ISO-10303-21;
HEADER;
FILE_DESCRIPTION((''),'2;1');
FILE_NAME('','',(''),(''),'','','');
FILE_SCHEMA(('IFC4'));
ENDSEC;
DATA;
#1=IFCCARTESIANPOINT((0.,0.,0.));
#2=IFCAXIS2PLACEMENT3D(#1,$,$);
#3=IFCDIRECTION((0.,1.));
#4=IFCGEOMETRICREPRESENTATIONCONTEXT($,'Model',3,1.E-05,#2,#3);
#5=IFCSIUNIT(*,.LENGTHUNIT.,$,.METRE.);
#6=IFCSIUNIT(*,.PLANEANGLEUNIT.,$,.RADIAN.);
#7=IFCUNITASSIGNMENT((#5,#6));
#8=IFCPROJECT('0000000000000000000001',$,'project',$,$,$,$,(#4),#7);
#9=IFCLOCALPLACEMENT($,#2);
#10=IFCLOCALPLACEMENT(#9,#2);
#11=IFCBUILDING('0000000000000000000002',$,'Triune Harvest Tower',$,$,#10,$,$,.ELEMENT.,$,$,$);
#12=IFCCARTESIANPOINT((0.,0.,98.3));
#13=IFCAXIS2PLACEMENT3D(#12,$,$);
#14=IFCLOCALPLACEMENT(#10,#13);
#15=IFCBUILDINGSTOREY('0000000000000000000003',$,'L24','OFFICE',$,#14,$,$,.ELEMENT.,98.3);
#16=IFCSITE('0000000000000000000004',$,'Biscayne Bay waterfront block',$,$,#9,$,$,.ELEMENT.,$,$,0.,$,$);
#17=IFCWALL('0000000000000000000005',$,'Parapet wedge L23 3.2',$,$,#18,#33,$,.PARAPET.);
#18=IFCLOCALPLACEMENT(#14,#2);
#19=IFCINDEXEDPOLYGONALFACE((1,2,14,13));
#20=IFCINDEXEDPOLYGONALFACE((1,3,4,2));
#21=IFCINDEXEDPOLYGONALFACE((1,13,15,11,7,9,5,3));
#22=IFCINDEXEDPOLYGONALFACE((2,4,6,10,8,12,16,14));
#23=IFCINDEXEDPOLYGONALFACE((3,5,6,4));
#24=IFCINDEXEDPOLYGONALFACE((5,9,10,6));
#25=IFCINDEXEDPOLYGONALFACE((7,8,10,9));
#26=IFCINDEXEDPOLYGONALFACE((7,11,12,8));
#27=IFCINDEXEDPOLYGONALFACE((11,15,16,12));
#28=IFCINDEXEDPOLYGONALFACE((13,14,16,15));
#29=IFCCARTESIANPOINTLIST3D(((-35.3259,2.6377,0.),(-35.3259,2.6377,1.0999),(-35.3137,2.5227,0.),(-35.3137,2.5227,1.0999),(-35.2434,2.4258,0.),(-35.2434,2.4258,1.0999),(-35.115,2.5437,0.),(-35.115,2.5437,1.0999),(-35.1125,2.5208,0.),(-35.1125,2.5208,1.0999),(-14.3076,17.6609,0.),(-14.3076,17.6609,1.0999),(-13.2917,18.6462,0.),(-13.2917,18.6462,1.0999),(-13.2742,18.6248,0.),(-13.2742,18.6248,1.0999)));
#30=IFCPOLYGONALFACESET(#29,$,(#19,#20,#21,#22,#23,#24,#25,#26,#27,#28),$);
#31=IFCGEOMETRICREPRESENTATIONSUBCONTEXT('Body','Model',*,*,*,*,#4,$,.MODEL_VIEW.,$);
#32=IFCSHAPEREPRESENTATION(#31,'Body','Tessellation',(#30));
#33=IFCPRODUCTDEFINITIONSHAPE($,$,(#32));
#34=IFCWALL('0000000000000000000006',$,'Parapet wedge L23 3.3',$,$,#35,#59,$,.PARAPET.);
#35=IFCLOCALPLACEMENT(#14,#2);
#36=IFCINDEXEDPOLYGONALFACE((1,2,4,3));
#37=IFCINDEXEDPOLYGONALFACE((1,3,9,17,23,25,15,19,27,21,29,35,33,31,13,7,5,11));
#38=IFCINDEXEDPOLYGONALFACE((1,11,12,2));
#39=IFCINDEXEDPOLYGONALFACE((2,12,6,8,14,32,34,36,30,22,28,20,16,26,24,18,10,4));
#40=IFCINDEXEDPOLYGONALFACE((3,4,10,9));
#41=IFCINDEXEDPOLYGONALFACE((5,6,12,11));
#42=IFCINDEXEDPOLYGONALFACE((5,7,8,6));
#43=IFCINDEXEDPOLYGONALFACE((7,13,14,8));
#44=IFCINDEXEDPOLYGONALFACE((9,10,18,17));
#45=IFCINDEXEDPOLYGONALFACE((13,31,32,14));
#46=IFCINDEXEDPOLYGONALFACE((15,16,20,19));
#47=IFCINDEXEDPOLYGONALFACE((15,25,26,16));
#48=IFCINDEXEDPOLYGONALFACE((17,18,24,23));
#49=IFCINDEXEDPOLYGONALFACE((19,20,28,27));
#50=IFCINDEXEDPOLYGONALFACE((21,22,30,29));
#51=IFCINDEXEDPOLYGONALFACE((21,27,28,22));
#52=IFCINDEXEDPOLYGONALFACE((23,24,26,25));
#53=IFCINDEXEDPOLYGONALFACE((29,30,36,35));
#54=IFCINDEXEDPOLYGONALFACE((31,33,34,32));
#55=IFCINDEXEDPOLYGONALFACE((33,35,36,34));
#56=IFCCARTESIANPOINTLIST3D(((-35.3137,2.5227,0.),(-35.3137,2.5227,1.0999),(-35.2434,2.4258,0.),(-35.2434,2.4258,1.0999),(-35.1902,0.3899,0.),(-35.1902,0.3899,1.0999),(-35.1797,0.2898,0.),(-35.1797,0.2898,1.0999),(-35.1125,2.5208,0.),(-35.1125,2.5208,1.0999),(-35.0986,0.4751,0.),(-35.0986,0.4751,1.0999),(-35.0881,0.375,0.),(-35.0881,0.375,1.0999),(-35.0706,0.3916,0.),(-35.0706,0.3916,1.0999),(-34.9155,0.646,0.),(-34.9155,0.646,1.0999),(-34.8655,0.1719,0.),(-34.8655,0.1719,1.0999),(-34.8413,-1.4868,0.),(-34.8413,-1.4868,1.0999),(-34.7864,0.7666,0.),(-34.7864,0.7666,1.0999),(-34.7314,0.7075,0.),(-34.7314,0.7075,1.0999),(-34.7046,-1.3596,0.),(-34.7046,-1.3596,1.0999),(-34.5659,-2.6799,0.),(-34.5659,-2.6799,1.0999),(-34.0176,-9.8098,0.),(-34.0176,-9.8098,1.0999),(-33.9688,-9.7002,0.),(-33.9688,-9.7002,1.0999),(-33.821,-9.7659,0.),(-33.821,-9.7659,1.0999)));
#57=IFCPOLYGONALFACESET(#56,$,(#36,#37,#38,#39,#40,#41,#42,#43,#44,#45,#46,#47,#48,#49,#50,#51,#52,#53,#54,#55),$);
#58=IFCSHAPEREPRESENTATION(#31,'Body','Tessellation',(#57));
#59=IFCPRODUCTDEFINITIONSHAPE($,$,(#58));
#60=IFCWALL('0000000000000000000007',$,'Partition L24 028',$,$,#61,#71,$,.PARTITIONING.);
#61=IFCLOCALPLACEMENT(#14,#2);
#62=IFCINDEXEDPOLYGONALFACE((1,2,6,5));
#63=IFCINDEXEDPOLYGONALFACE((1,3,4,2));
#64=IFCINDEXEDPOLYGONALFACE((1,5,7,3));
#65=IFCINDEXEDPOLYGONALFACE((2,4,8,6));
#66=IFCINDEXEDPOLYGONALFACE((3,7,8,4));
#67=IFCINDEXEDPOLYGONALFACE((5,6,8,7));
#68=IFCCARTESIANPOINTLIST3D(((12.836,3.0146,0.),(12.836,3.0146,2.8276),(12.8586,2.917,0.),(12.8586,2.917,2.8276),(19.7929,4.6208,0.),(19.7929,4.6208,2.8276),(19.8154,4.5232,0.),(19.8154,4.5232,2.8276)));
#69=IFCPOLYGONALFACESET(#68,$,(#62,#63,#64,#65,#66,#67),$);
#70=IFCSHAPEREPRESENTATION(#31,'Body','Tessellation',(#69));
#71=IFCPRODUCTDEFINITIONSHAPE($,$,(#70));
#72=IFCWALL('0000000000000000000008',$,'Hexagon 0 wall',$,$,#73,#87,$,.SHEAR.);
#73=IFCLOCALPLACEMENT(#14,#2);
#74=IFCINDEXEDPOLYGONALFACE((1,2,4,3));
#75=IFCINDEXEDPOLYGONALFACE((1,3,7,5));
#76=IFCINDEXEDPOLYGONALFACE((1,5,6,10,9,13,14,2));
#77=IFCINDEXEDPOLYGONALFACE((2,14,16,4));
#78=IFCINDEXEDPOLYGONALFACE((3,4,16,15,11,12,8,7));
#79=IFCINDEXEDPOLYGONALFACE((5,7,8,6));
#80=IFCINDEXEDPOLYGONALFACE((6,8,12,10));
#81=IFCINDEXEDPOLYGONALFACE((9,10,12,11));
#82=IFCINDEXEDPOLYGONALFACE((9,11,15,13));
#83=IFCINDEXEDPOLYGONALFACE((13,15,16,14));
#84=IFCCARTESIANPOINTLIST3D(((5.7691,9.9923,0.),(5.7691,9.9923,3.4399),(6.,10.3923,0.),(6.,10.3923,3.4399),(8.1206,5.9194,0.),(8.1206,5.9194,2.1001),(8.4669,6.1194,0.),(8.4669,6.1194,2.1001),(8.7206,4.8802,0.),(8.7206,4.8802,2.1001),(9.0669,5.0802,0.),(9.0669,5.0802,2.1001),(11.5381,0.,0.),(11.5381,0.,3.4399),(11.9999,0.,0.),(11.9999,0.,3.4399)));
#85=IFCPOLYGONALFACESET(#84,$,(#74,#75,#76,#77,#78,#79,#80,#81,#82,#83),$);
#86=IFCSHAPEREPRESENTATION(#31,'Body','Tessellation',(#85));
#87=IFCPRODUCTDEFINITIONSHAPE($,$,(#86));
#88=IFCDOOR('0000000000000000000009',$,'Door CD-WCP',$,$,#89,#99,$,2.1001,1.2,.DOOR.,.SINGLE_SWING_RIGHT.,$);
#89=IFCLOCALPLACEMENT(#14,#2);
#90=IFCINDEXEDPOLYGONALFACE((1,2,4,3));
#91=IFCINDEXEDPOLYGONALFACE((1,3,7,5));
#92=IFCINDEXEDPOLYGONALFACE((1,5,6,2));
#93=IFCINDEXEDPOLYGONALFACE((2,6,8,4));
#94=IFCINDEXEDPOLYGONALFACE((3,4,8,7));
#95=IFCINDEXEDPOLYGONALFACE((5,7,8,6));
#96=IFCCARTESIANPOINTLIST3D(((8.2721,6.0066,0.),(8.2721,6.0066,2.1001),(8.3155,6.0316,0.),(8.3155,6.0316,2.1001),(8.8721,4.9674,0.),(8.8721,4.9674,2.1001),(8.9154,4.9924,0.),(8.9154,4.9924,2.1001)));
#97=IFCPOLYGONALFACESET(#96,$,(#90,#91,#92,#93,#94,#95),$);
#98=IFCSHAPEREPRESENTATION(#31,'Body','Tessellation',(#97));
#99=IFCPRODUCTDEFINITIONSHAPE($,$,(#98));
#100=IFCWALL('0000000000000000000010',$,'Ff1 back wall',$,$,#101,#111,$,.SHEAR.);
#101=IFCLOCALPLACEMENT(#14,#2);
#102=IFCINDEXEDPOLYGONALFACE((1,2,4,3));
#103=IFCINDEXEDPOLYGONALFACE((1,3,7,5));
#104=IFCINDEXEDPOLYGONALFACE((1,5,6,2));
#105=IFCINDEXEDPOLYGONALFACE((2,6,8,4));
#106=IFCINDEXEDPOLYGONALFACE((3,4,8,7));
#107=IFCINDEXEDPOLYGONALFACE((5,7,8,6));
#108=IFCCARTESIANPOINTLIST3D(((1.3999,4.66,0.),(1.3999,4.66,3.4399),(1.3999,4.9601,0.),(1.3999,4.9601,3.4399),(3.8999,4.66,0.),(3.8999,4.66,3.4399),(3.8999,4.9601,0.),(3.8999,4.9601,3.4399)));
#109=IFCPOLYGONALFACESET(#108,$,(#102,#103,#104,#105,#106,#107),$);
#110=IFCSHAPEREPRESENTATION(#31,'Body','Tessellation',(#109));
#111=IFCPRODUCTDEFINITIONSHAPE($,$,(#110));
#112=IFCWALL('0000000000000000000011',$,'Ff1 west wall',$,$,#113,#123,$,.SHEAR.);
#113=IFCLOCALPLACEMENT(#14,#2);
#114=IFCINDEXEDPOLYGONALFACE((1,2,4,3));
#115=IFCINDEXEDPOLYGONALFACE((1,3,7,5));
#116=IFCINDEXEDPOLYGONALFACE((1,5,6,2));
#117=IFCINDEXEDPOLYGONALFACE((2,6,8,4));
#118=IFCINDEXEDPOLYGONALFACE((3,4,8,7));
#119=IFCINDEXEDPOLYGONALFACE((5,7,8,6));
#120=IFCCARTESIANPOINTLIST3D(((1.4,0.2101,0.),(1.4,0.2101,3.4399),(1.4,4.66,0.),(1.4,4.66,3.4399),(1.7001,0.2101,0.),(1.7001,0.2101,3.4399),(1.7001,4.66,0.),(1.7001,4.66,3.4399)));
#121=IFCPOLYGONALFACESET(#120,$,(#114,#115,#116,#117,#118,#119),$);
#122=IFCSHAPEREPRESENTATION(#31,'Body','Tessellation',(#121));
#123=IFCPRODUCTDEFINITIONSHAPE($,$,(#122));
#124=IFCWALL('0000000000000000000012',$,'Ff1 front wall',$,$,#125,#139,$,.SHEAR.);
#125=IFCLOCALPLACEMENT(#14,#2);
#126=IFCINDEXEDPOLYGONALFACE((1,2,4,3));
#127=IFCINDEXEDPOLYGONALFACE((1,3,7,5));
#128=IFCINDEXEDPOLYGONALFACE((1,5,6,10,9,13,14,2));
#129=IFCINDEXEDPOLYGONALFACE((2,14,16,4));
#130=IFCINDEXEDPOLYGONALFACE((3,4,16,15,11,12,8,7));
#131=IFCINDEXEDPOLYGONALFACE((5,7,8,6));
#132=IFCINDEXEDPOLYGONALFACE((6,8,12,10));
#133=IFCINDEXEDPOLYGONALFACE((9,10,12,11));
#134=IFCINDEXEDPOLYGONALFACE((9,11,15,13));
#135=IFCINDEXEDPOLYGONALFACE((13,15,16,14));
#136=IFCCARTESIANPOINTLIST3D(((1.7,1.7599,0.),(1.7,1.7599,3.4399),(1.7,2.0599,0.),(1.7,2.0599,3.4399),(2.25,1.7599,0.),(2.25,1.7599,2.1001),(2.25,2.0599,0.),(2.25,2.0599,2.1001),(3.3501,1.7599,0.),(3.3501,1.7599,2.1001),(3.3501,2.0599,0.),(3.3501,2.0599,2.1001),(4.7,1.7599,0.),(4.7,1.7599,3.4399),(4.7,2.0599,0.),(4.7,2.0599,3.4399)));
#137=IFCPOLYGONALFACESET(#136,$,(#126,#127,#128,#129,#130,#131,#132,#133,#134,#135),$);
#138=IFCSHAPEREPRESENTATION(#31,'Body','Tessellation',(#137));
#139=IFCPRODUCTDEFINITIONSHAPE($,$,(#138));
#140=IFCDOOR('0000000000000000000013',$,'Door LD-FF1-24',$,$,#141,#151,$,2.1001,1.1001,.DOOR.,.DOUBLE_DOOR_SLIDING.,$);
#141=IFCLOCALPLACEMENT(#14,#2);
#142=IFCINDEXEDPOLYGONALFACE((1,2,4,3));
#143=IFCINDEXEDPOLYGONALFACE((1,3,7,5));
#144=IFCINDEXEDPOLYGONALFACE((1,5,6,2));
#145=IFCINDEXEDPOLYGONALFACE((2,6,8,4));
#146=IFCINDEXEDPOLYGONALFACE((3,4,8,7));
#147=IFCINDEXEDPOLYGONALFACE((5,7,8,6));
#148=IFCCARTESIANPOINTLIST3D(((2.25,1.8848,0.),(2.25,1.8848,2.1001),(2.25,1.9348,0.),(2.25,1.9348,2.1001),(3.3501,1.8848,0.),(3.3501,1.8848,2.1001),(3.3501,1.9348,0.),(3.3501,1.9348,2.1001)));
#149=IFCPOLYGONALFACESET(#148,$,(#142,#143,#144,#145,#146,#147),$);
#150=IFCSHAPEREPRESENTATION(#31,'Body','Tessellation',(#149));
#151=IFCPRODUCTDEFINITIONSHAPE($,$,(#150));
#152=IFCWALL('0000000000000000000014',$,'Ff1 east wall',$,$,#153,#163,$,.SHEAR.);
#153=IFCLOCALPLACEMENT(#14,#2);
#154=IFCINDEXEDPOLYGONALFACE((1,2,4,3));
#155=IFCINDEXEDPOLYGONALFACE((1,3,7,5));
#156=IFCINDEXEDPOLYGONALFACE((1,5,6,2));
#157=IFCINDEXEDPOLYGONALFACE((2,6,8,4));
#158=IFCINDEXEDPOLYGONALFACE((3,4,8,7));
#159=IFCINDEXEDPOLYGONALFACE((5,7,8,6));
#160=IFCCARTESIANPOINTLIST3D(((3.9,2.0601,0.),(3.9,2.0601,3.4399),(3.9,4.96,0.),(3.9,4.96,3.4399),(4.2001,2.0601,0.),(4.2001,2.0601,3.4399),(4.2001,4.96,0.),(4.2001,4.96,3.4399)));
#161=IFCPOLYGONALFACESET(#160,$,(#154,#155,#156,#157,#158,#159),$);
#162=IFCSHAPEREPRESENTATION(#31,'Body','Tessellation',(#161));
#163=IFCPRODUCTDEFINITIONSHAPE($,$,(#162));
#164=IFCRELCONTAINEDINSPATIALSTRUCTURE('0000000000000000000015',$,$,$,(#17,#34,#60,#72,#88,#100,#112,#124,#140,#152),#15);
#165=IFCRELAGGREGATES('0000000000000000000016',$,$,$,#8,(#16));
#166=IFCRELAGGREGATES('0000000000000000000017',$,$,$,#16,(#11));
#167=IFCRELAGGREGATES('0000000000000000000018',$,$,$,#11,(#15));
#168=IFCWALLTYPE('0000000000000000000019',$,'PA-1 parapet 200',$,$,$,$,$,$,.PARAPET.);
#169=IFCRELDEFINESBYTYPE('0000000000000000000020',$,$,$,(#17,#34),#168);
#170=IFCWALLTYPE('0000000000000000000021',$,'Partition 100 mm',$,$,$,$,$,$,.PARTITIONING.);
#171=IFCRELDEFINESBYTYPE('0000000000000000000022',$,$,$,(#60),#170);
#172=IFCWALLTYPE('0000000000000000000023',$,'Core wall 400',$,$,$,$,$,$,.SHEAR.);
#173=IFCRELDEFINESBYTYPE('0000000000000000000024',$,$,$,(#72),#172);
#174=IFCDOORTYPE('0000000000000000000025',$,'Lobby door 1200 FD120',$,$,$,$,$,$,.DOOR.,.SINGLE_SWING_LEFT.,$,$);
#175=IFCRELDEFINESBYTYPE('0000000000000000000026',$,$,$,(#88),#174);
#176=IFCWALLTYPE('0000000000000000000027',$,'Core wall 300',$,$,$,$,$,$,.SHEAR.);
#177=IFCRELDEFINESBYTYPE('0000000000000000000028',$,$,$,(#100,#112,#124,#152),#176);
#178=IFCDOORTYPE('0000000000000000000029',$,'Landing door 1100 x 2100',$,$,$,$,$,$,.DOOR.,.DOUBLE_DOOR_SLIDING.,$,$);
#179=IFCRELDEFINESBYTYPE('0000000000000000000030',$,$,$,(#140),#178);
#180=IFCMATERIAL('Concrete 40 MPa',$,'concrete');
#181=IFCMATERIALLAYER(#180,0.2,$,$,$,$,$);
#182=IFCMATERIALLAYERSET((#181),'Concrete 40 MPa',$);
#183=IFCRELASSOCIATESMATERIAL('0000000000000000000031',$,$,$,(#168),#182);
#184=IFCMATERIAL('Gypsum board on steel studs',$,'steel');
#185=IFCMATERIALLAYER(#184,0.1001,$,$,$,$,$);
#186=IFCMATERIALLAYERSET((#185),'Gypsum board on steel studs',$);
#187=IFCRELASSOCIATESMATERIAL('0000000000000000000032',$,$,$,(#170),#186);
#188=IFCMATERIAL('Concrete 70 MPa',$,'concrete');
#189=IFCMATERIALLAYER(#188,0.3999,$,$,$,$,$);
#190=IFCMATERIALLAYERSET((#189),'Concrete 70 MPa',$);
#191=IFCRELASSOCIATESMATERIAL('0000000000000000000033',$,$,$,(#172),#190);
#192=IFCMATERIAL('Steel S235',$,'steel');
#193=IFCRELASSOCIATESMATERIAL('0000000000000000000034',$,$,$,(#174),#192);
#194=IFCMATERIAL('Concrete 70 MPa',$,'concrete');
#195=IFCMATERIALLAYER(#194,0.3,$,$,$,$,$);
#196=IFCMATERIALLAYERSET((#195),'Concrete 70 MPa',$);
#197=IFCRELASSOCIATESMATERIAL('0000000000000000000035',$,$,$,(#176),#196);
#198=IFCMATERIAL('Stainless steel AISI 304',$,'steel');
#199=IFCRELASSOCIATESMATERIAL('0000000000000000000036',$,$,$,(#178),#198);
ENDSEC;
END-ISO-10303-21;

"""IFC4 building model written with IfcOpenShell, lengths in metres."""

from ifc_helpers import new_model, si_unit, direction, frame, frame_2d, origin, place, context, subcontext, project, spatial, polyline, rectangle, outline, extrude, source, transform, mapped, material, layer, layer_set, type_object, element, fill, save


model = new_model("IFC4")

# Units and contexts
model_context = context("Model", 3, precision=1e-05, world=origin(), true_north=direction((0.0, 1.0)))
body_context = subcontext(model_context, "Body", "Model", "MODEL_VIEW")
ifc_project = project(units=[si_unit("LENGTHUNIT", "METRE"), si_unit("PLANEANGLEUNIT", "RADIAN")], contexts=[model_context])

# Site, building, storey
site_placement = place(None, origin())
site = spatial("IfcSite", under=ifc_project, at=site_placement, Name="Biscayne Bay waterfront block", CompositionType="ELEMENT", RefElevation=0.0)
building_placement = place(site_placement, origin())
building = spatial("IfcBuilding", under=site, at=building_placement, Name="Triune Harvest Tower", CompositionType="ELEMENT")
storey_placement = place(building_placement, frame((0.0, 0.0, 98.3)))
storey = spatial("IfcBuildingStorey", under=building, at=storey_placement, Name="L24", Description="OFFICE", CompositionType="ELEMENT", Elevation=98.3)

# Walls
ifc_material_1 = material(Name="Concrete 40 MPa", Category="concrete")
ifc_layer_1 = layer(ifc_material_1, 0.2)
ifc_layer_set_1 = layer_set([ifc_layer_1], Name="Concrete 40 MPa")
wall_type_1 = type_object("IfcWallType", Name="PA-1 parapet 200", PredefinedType="PARAPET", material=ifc_layer_set_1)
wall_1_placement = place(storey_placement, origin())
element("IfcWall", 1, at=wall_1_placement, inside=storey, type_object=wall_type_1, Name="Parapet wedge L23 3.2", PredefinedType="PARAPET", context=body_context, shape_type="SweptSolid", body=[
    extrude(outline(polyline([(-13.2917, 18.6462), (-13.2742, 18.6248), (-14.3076, 17.6609), (-35.115, 2.5437), (-35.1125, 2.5208), (-35.2434, 2.4258), (-35.3137, 2.5227), (-35.3259, 2.6377), (-13.2917, 18.6462)])), origin(), (0.0, 0.0, 1.0), 1.0999),
])
wall_2_placement = place(storey_placement, origin())
element("IfcWall", 2, at=wall_2_placement, inside=storey, type_object=wall_type_1, Name="Parapet wedge L23 3.3", PredefinedType="PARAPET", context=body_context, shape_type="SweptSolid", body=[
    extrude(outline(polyline([(-35.0706, 0.3916), (-34.8655, 0.1719), (-34.7046, -1.3596), (-34.8413, -1.4868), (-34.5659, -2.6799), (-33.821, -9.7659), (-33.9688, -9.7002), (-34.0176, -9.8098), (-35.0881, 0.375), (-35.1797, 0.2898), (-35.1902, 0.3899), (-35.0986, 0.4751), (-35.3137, 2.5227), (-35.2434, 2.4258), (-35.1125, 2.5208), (-34.9155, 0.646), (-34.7864, 0.7666), (-34.7314, 0.7075), (-35.0706, 0.3916)])), origin(), (0.0, 0.0, 1.0), 1.0999),
])
ifc_material_2 = material(Name="Gypsum board on steel studs", Category="steel")
ifc_layer_2 = layer(ifc_material_2, 0.1001)
ifc_layer_set_2 = layer_set([ifc_layer_2], Name="Gypsum board on steel studs")
wall_type_2 = type_object("IfcWallType", Name="Partition 100 mm", PredefinedType="PARTITIONING", material=ifc_layer_set_2)
wall_3_placement = place(storey_placement, frame((12.8474, 2.9658, 0.0), z_axis=(0.0, 0.0, 1.0), x_axis=(0.974367, 0.224964, 0.0)))
element("IfcWall", 3, at=wall_3_placement, inside=storey, type_object=wall_type_2, Name="Partition L24 028", PredefinedType="PARTITIONING", context=body_context, shape_type="SweptSolid", body=[
    extrude(rectangle(XDim=7.1399, YDim=0.1001, at=frame_2d((3.5698, 0.0))), origin(), (0.0, 0.0, 1.0), 2.8276),
])

# Wall, opening, door
ifc_material_3 = material(Name="Concrete 70 MPa", Category="concrete")
ifc_layer_3 = layer(ifc_material_3, 0.3999)
ifc_layer_set_3 = layer_set([ifc_layer_3], Name="Concrete 70 MPa")
wall_type_3 = type_object("IfcWallType", Name="Core wall 400", PredefinedType="SHEAR", material=ifc_layer_set_3)
shared_shape_1 = source(origin(), body_context, "Body", "SweptSolid", [
    extrude(outline(polyline([(-0.1155, -0.2), (11.8845, -0.2), (11.6536, 0.2), (0.1155, 0.2), (-0.1155, -0.2)])), origin(), (0.0, 0.0, 1.0), 3.4399),
])
wall_4_placement = place(storey_placement, frame((11.769, 0.0, 0.0), z_axis=(0.0, 0.0, 1.0), x_axis=(-0.499997, 0.866027, 0.0)))
wall_4 = element("IfcWall", 4, at=wall_4_placement, inside=storey, type_object=wall_type_3, Name="Hexagon 0 wall", PredefinedType="SHEAR", context=body_context, shape_type="MappedRepresentation", body=[
    mapped(shared_shape_1, transform((0.0, 0.0, 0.0), scale=1.0)),
])
opening_1_placement = place(wall_4_placement, frame((5.7505, 0.0, 0.0)))
opening_1 = element("IfcOpeningElement", 5, at=opening_1_placement, cuts=wall_4, PredefinedType="OPENING", context=body_context, shape_type="SweptSolid", body=[
    extrude(rectangle(XDim=1.2, YDim=2.1001, at=frame_2d((0.6001, 1.05))), frame((0.0, 0.21, 0.0), z_axis=(0.0, -1.0, 0.0), x_axis=(1.0, 0.0, 0.0)), (0.0, 0.0, 1.0), 0.4199),
])
ifc_material_4 = material(Name="Steel S235", Category="steel")
door_type_1 = type_object("IfcDoorType", Name="Lobby door 1200 FD120", OperationType="SINGLE_SWING_LEFT", PredefinedType="DOOR", material=ifc_material_4)
door_1_placement = place(opening_1_placement, frame((1.2, 0.0, 0.0), z_axis=(0.0, 0.0, 1.0), x_axis=(-1.0, 0.0, 0.0)))
door_1 = element("IfcDoor", 6, at=door_1_placement, inside=storey, type_object=door_type_1, Name="Door CD-WCP", OperationType="SINGLE_SWING_RIGHT", OverallHeight=2.1001, OverallWidth=1.2, PredefinedType="DOOR", context=body_context, shape_type="SweptSolid", body=[
    extrude(rectangle(XDim=1.2, YDim=2.1001, at=frame_2d((0.6001, 1.05))), frame((0.0, 0.0249, 0.0), z_axis=(0.0, -1.0, 0.0), x_axis=(1.0, 0.0, 0.0)), (0.0, 0.0, 1.0), 0.05),
])
fill(opening_1, door_1)

# Walls
ifc_material_5 = material(Name="Concrete 70 MPa", Category="concrete")
ifc_layer_4 = layer(ifc_material_5, 0.3)
ifc_layer_set_4 = layer_set([ifc_layer_4], Name="Concrete 70 MPa")
wall_type_4 = type_object("IfcWallType", Name="Core wall 300", PredefinedType="SHEAR", material=ifc_layer_set_4)
shared_shape_2 = source(origin(), body_context, "Body", "SweptSolid", [
    extrude(rectangle(XDim=2.5, YDim=0.3, at=frame_2d((1.25, 0.0))), origin(), (0.0, 0.0, 1.0), 3.4399),
])
wall_5_placement = place(storey_placement, frame((1.3999, 4.8101, 0.0), z_axis=(0.0, 0.0, 1.0), x_axis=(1.0, 0.0, 0.0)))
element("IfcWall", 7, at=wall_5_placement, inside=storey, type_object=wall_type_4, Name="Ff1 back wall", PredefinedType="SHEAR", context=body_context, shape_type="MappedRepresentation", body=[
    mapped(shared_shape_2, transform((0.0, 0.0, 0.0), scale=1.0)),
])
shared_shape_3 = source(origin(), body_context, "Body", "SweptSolid", [
    extrude(rectangle(XDim=4.45, YDim=0.3, at=frame_2d((2.2251, 0.0))), origin(), (0.0, 0.0, 1.0), 3.4399),
])
wall_6_placement = place(storey_placement, frame((1.55, 0.21, 0.0), z_axis=(0.0, 0.0, 1.0), x_axis=(0.0, 1.0, 0.0)))
element("IfcWall", 8, at=wall_6_placement, inside=storey, type_object=wall_type_4, Name="Ff1 west wall", PredefinedType="SHEAR", context=body_context, shape_type="MappedRepresentation", body=[
    mapped(shared_shape_3, transform((0.0, 0.0, 0.0), scale=1.0)),
])

# Wall, opening, door
shared_shape_4 = source(origin(), body_context, "Body", "SweptSolid", [
    extrude(rectangle(XDim=3.0, YDim=0.3, at=frame_2d((1.5, 0.0))), origin(), (0.0, 0.0, 1.0), 3.4399),
])
wall_7_placement = place(storey_placement, frame((1.7, 1.9099, 0.0), z_axis=(0.0, 0.0, 1.0), x_axis=(1.0, 0.0, 0.0)))
wall_7 = element("IfcWall", 9, at=wall_7_placement, inside=storey, type_object=wall_type_4, Name="Ff1 front wall", PredefinedType="SHEAR", context=body_context, shape_type="MappedRepresentation", body=[
    mapped(shared_shape_4, transform((0.0, 0.0, 0.0), scale=1.0)),
])
opening_2_placement = place(wall_7_placement, frame((0.55, 0.0, 0.0)))
opening_2 = element("IfcOpeningElement", 10, at=opening_2_placement, cuts=wall_7, PredefinedType="OPENING", context=body_context, shape_type="SweptSolid", body=[
    extrude(rectangle(XDim=1.1001, YDim=2.1001, at=frame_2d((0.55, 1.05))), frame((0.0, 0.1602, 0.0), z_axis=(0.0, -1.0, 0.0), x_axis=(1.0, 0.0, 0.0)), (0.0, 0.0, 1.0), 0.3201),
])
ifc_material_6 = material(Name="Stainless steel AISI 304", Category="steel")
door_type_2 = type_object("IfcDoorType", Name="Landing door 1100 x 2100", OperationType="DOUBLE_DOOR_SLIDING", PredefinedType="DOOR", material=ifc_material_6)
door_2_placement = place(opening_2_placement, origin())
door_2 = element("IfcDoor", 11, at=door_2_placement, inside=storey, type_object=door_type_2, Name="Door LD-FF1-24", OperationType="DOUBLE_DOOR_SLIDING", OverallHeight=2.1001, OverallWidth=1.1001, PredefinedType="DOOR", context=body_context, shape_type="SweptSolid", body=[
    extrude(rectangle(XDim=1.1001, YDim=2.1001, at=frame_2d((0.55, 1.05))), frame((0.0, 0.0249, 0.0), z_axis=(0.0, -1.0, 0.0), x_axis=(1.0, 0.0, 0.0)), (0.0, 0.0, 1.0), 0.05),
])
fill(opening_2, door_2)

# Wall
shared_shape_5 = source(origin(), body_context, "Body", "SweptSolid", [
    extrude(rectangle(XDim=2.8999, YDim=0.3, at=frame_2d((1.45, 0.0))), origin(), (0.0, 0.0, 1.0), 3.4399),
])
wall_8_placement = place(storey_placement, frame((4.05, 2.0601, 0.0), z_axis=(0.0, 0.0, 1.0), x_axis=(0.0, 1.0, 0.0)))
element("IfcWall", 12, at=wall_8_placement, inside=storey, type_object=wall_type_4, Name="Ff1 east wall", PredefinedType="SHEAR", context=body_context, shape_type="MappedRepresentation", body=[
    mapped(shared_shape_5, transform((0.0, 0.0, 0.0), scale=1.0)),
])

save(model, "model.ifc")
